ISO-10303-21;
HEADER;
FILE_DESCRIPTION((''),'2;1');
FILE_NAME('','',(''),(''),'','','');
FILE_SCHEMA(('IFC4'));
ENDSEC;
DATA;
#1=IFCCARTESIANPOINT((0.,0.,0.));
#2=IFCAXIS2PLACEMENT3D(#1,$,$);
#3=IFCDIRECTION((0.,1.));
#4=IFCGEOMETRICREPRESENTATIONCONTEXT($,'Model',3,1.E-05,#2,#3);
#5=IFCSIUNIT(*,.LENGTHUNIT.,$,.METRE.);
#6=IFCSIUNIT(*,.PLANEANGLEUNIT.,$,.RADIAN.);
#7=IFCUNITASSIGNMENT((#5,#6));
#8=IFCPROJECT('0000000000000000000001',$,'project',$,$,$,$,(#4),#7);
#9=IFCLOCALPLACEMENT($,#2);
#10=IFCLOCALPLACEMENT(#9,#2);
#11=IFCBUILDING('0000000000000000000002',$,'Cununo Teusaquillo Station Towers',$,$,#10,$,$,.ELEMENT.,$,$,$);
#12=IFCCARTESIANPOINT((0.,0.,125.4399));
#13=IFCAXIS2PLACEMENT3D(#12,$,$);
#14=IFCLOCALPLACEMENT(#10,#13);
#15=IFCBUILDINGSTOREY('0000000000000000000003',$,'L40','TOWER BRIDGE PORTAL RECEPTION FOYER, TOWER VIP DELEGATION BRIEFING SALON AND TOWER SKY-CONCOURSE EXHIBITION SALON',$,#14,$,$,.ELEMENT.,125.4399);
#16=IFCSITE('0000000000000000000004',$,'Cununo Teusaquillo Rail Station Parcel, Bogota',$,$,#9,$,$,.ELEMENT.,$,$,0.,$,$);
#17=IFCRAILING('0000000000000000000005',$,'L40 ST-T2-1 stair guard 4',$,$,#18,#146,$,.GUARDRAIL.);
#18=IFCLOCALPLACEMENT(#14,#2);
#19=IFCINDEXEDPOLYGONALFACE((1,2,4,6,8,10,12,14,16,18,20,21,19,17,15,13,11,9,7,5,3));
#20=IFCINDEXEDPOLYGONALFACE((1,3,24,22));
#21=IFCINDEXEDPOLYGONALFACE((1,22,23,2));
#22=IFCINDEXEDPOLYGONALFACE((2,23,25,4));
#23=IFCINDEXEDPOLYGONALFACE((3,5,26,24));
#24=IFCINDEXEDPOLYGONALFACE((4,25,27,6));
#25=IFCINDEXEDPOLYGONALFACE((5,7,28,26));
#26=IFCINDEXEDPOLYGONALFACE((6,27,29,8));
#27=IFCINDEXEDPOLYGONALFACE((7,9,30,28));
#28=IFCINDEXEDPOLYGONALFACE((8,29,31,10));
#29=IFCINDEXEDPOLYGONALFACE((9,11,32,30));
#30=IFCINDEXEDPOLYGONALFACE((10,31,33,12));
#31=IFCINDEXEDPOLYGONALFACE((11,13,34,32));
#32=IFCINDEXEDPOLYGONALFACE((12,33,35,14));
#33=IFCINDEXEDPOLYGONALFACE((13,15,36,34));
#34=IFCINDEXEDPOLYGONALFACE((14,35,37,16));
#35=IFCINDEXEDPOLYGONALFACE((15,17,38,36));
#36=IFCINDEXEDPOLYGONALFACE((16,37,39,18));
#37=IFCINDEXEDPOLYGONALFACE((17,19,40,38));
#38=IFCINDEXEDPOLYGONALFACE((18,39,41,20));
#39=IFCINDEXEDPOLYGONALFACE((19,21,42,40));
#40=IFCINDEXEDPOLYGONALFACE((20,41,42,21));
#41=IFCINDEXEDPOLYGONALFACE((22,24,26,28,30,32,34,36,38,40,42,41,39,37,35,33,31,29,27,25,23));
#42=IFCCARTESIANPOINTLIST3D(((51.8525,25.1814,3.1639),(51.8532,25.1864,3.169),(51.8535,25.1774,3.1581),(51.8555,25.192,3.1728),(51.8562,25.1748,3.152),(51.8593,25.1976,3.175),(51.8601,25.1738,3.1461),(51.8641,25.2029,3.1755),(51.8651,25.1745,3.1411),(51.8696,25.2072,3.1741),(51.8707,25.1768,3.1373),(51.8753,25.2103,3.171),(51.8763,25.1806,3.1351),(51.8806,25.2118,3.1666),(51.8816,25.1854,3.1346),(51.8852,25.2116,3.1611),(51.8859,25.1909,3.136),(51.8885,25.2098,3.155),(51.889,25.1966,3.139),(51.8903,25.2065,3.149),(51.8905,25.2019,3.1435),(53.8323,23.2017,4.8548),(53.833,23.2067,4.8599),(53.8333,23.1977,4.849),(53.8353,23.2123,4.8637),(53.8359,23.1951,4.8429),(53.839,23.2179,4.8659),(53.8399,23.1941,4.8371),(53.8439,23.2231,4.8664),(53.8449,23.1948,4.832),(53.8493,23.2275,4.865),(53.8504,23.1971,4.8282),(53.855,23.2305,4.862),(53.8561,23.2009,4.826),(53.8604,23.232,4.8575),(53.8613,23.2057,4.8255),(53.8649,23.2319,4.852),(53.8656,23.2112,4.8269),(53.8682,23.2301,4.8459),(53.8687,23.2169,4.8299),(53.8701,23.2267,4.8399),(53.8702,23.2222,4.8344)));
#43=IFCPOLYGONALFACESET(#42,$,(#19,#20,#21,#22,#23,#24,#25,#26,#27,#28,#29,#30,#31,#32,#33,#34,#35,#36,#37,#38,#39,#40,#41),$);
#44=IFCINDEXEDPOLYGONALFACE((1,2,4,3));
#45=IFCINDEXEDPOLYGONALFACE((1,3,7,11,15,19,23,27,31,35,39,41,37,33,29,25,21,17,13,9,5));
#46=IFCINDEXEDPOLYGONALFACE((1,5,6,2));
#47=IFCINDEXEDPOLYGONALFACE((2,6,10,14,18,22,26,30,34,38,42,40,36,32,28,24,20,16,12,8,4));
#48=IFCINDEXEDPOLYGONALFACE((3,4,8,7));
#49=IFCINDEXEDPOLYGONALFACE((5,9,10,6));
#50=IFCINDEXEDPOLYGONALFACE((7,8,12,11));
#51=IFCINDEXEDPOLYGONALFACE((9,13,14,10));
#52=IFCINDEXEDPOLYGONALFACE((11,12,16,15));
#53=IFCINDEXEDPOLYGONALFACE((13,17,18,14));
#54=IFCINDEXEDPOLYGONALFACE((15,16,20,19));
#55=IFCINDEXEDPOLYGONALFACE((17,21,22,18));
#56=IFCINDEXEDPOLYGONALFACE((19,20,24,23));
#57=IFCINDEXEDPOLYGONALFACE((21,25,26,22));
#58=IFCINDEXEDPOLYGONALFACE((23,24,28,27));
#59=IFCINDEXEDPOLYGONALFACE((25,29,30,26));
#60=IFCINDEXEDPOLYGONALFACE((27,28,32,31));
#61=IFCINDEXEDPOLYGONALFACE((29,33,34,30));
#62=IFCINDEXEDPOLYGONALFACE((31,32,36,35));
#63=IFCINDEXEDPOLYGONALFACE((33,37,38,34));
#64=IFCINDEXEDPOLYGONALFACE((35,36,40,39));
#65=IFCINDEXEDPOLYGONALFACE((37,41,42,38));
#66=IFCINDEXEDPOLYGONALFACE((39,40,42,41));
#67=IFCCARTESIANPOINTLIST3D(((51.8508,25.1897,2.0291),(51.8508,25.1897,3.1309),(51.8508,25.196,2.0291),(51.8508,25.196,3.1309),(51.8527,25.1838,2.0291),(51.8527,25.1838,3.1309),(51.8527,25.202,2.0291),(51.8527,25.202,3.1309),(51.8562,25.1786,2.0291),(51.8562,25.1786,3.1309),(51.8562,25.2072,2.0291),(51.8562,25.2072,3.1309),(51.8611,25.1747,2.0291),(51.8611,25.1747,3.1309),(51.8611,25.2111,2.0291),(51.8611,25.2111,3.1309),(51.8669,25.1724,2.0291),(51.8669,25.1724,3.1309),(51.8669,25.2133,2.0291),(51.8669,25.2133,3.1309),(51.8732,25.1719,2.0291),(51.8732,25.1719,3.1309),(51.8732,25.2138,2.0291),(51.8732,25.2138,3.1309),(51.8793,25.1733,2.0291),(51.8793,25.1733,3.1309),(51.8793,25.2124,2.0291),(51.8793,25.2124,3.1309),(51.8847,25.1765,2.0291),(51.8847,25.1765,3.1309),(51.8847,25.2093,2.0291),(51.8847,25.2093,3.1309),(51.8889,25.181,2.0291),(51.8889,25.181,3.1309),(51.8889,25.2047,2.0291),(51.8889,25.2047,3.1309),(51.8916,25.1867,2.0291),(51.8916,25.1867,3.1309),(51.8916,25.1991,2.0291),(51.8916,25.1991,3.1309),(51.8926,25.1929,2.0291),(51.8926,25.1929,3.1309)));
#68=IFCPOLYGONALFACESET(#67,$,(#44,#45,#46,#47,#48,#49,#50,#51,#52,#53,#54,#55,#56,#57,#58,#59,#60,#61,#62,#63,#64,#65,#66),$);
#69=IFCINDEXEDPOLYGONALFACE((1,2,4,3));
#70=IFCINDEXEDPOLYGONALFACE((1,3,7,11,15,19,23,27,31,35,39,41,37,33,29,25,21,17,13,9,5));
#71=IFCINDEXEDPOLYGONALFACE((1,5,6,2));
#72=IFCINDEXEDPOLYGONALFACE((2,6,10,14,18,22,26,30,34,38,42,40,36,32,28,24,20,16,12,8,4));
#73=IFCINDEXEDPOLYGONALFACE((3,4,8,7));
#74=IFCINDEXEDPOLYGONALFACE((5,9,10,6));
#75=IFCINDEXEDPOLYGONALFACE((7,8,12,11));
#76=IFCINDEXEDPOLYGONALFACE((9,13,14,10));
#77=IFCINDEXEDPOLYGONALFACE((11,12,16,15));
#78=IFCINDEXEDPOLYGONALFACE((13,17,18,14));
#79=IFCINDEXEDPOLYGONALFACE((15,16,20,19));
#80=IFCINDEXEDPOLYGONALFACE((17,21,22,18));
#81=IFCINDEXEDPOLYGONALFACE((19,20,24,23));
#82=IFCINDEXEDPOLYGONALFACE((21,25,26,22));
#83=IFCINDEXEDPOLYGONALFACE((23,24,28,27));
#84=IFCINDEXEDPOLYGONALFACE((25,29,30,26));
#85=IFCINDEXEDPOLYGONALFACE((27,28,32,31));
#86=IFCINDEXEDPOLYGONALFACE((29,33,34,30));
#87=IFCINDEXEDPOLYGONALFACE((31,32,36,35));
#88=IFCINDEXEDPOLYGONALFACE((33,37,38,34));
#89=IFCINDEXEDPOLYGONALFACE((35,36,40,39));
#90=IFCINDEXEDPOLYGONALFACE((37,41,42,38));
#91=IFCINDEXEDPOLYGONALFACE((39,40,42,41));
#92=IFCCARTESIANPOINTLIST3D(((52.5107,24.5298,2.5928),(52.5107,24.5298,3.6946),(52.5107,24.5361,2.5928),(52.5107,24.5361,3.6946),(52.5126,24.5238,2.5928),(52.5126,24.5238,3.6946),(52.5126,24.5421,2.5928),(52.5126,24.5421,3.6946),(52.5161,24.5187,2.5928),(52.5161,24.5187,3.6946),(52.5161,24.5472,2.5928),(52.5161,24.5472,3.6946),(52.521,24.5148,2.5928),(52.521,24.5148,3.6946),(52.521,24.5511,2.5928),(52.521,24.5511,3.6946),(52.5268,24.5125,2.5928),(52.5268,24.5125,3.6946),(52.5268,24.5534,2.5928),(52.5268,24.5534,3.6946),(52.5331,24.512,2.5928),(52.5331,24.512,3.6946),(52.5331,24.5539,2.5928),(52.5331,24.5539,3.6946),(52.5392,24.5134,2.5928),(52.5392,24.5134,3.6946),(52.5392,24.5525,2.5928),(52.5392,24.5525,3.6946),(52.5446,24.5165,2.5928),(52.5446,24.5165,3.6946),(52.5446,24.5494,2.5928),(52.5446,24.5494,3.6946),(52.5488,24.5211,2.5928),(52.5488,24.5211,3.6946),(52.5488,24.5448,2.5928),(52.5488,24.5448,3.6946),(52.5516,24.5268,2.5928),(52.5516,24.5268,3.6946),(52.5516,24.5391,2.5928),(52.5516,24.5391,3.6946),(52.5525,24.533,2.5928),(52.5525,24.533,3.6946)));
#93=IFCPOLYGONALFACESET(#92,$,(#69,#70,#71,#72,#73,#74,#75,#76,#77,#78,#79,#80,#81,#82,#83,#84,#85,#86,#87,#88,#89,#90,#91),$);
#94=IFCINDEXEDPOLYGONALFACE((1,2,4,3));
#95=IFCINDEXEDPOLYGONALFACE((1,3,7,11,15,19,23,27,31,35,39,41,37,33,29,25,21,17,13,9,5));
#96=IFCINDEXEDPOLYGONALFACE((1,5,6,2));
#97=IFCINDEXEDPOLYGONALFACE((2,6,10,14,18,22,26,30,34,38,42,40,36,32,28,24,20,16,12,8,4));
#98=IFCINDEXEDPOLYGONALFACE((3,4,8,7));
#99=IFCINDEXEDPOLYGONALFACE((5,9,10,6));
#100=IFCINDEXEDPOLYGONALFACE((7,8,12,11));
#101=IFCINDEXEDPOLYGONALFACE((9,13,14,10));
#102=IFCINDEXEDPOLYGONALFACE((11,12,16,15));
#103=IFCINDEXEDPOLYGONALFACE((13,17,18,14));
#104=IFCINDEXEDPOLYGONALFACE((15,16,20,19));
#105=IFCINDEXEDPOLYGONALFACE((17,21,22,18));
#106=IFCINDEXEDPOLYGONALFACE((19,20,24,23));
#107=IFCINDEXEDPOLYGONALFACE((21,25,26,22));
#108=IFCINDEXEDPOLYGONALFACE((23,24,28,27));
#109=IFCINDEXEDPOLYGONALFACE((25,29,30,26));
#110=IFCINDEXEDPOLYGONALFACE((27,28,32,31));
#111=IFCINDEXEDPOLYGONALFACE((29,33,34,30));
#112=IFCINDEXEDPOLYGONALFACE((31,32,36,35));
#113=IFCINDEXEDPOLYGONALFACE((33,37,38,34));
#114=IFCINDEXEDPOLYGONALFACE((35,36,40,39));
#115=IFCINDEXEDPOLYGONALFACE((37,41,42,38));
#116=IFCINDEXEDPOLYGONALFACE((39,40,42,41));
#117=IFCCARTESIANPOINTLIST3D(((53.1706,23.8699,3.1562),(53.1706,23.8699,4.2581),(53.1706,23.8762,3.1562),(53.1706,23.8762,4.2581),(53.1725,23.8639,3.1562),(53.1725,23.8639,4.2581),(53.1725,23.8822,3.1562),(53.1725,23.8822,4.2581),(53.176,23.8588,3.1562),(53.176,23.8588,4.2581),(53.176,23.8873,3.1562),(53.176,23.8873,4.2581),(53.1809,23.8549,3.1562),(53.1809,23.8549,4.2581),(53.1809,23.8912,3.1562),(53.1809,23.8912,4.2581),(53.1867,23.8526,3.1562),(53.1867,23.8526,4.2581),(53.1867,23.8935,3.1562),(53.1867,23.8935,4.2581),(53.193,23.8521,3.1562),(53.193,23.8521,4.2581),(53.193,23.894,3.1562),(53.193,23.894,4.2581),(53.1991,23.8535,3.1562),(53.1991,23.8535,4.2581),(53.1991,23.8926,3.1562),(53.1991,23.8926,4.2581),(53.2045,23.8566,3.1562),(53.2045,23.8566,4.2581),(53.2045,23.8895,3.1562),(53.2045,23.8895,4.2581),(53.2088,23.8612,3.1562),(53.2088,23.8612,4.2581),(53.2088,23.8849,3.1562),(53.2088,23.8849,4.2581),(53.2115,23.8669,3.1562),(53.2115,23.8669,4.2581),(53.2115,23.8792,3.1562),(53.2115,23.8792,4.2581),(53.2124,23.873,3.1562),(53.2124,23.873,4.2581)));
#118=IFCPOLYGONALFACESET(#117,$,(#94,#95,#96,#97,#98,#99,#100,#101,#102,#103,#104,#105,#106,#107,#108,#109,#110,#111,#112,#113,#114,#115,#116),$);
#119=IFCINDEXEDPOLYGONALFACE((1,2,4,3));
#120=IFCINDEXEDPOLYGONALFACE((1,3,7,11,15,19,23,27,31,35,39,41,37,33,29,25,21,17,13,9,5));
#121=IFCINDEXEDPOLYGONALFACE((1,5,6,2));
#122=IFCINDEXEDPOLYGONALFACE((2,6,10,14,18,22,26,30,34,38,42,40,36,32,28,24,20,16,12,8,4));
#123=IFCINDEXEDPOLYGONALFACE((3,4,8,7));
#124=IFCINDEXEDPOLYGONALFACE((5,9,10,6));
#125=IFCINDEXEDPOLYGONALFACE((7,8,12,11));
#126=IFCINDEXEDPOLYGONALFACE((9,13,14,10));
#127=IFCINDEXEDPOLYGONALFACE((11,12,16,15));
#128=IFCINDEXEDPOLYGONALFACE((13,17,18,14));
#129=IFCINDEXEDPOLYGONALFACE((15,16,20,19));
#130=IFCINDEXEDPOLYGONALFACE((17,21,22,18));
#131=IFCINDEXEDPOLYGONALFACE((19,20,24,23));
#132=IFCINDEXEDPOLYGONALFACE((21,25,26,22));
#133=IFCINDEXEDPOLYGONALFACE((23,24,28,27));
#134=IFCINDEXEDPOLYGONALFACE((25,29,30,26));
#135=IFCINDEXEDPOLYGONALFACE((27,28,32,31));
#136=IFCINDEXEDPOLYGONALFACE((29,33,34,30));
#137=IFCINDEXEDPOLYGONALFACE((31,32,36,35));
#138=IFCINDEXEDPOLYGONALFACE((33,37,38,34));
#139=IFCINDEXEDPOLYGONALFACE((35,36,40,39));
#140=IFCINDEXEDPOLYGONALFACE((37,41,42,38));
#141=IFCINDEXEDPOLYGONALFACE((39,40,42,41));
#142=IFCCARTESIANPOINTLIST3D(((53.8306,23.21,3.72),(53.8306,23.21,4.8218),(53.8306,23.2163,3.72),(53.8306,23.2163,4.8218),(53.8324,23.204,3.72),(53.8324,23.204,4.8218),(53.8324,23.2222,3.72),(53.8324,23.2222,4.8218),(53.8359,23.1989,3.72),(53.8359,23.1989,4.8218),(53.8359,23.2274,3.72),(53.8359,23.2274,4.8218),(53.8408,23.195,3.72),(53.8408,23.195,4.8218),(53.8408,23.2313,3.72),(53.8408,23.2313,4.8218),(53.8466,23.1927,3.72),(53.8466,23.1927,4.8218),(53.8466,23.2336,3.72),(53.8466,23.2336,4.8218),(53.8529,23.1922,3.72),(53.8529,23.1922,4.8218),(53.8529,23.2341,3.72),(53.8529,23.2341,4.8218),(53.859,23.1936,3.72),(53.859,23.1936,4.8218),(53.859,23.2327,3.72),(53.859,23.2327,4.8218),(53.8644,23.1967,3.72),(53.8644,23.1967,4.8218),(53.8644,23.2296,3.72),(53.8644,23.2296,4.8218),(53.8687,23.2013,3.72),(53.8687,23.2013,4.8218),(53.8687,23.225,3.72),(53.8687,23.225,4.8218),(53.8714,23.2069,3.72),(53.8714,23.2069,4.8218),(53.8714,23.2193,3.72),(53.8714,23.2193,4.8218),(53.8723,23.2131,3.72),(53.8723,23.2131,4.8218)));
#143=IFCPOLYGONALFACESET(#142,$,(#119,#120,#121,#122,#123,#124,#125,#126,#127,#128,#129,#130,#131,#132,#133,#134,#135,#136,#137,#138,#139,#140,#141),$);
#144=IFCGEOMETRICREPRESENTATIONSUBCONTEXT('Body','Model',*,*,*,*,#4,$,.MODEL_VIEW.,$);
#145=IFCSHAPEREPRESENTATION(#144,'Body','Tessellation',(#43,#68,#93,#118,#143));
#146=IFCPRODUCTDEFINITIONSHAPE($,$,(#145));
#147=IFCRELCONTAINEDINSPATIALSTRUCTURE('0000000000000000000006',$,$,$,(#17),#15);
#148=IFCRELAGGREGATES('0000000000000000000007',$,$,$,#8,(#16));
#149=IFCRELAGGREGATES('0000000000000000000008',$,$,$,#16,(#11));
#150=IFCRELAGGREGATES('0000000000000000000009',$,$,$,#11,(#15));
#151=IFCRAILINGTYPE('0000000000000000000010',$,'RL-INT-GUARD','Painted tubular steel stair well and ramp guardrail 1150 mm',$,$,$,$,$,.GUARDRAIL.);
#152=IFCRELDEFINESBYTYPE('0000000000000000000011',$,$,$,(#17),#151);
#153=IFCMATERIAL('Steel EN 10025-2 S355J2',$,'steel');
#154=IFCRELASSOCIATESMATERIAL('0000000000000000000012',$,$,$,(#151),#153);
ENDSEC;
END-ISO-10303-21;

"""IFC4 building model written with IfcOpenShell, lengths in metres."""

from ifc_helpers import new_model, si_unit, direction, frame, origin, origin_2d, place, context, subcontext, project, spatial, circle, extrude, material, type_object, element, save


model = new_model("IFC4")

# Units and contexts
model_context = context("Model", 3, precision=1e-05, world=origin(), true_north=direction((0.0, 1.0)))
body_context = subcontext(model_context, "Body", "Model", "MODEL_VIEW")
ifc_project = project(units=[si_unit("LENGTHUNIT", "METRE"), si_unit("PLANEANGLEUNIT", "RADIAN")], contexts=[model_context])

# Site, building, storey
site_placement = place(None, origin())
site = spatial("IfcSite", under=ifc_project, at=site_placement, Name="Cununo Teusaquillo Rail Station Parcel, Bogota", CompositionType="ELEMENT", RefElevation=0.0)
building_placement = place(site_placement, origin())
building = spatial("IfcBuilding", under=site, at=building_placement, Name="Cununo Teusaquillo Station Towers", CompositionType="ELEMENT")
storey_placement = place(building_placement, frame((0.0, 0.0, 125.4399)))
storey = spatial("IfcBuildingStorey", under=building, at=storey_placement, Name="L40", Description="TOWER BRIDGE PORTAL RECEPTION FOYER, TOWER VIP DELEGATION BRIEFING SALON AND TOWER SKY-CONCOURSE EXHIBITION SALON", CompositionType="ELEMENT", Elevation=125.4399)

# Railing
ifc_material_1 = material(Name="Steel EN 10025-2 S355J2", Category="steel")
railing_type_1 = type_object("IfcRailingType", Name="RL-INT-GUARD", Description="Painted tubular steel stair well and ramp guardrail 1150 mm", PredefinedType="GUARDRAIL", material=ifc_material_1)
railing_1_placement = place(storey_placement, frame((51.8716, 25.1929, 2.0291)))
element("IfcRailing", 1, at=railing_1_placement, inside=storey, type_object=railing_type_1, Name="L40 ST-T2-1 stair guard 4", PredefinedType="GUARDRAIL", context=body_context, shape_type="SweptSolid", body=[
    extrude(circle(Radius=0.0239, at=origin_2d()), frame((0.0, 0.0, 1.126), z_axis=(0.605282, -0.605282, 0.516979), x_axis=(0.707107, 0.707107, 0.0)), (0.0, 0.0, 1.0), 3.2708),
    extrude(circle(Radius=0.021, at=origin_2d()), origin(), (0.0, 0.0, 1.0), 1.1018),
    extrude(circle(Radius=0.021, at=origin_2d()), frame((0.6599, -0.6599, 0.5637)), (0.0, 0.0, 1.0), 1.1018),
    extrude(circle(Radius=0.021, at=origin_2d()), frame((1.3198, -1.3198, 1.1272)), (0.0, 0.0, 1.0), 1.1018),
    extrude(circle(Radius=0.021, at=origin_2d()), frame((1.9797, -1.9797, 1.6909)), (0.0, 0.0, 1.0), 1.1018),
])

save(model, "model.ifc")
